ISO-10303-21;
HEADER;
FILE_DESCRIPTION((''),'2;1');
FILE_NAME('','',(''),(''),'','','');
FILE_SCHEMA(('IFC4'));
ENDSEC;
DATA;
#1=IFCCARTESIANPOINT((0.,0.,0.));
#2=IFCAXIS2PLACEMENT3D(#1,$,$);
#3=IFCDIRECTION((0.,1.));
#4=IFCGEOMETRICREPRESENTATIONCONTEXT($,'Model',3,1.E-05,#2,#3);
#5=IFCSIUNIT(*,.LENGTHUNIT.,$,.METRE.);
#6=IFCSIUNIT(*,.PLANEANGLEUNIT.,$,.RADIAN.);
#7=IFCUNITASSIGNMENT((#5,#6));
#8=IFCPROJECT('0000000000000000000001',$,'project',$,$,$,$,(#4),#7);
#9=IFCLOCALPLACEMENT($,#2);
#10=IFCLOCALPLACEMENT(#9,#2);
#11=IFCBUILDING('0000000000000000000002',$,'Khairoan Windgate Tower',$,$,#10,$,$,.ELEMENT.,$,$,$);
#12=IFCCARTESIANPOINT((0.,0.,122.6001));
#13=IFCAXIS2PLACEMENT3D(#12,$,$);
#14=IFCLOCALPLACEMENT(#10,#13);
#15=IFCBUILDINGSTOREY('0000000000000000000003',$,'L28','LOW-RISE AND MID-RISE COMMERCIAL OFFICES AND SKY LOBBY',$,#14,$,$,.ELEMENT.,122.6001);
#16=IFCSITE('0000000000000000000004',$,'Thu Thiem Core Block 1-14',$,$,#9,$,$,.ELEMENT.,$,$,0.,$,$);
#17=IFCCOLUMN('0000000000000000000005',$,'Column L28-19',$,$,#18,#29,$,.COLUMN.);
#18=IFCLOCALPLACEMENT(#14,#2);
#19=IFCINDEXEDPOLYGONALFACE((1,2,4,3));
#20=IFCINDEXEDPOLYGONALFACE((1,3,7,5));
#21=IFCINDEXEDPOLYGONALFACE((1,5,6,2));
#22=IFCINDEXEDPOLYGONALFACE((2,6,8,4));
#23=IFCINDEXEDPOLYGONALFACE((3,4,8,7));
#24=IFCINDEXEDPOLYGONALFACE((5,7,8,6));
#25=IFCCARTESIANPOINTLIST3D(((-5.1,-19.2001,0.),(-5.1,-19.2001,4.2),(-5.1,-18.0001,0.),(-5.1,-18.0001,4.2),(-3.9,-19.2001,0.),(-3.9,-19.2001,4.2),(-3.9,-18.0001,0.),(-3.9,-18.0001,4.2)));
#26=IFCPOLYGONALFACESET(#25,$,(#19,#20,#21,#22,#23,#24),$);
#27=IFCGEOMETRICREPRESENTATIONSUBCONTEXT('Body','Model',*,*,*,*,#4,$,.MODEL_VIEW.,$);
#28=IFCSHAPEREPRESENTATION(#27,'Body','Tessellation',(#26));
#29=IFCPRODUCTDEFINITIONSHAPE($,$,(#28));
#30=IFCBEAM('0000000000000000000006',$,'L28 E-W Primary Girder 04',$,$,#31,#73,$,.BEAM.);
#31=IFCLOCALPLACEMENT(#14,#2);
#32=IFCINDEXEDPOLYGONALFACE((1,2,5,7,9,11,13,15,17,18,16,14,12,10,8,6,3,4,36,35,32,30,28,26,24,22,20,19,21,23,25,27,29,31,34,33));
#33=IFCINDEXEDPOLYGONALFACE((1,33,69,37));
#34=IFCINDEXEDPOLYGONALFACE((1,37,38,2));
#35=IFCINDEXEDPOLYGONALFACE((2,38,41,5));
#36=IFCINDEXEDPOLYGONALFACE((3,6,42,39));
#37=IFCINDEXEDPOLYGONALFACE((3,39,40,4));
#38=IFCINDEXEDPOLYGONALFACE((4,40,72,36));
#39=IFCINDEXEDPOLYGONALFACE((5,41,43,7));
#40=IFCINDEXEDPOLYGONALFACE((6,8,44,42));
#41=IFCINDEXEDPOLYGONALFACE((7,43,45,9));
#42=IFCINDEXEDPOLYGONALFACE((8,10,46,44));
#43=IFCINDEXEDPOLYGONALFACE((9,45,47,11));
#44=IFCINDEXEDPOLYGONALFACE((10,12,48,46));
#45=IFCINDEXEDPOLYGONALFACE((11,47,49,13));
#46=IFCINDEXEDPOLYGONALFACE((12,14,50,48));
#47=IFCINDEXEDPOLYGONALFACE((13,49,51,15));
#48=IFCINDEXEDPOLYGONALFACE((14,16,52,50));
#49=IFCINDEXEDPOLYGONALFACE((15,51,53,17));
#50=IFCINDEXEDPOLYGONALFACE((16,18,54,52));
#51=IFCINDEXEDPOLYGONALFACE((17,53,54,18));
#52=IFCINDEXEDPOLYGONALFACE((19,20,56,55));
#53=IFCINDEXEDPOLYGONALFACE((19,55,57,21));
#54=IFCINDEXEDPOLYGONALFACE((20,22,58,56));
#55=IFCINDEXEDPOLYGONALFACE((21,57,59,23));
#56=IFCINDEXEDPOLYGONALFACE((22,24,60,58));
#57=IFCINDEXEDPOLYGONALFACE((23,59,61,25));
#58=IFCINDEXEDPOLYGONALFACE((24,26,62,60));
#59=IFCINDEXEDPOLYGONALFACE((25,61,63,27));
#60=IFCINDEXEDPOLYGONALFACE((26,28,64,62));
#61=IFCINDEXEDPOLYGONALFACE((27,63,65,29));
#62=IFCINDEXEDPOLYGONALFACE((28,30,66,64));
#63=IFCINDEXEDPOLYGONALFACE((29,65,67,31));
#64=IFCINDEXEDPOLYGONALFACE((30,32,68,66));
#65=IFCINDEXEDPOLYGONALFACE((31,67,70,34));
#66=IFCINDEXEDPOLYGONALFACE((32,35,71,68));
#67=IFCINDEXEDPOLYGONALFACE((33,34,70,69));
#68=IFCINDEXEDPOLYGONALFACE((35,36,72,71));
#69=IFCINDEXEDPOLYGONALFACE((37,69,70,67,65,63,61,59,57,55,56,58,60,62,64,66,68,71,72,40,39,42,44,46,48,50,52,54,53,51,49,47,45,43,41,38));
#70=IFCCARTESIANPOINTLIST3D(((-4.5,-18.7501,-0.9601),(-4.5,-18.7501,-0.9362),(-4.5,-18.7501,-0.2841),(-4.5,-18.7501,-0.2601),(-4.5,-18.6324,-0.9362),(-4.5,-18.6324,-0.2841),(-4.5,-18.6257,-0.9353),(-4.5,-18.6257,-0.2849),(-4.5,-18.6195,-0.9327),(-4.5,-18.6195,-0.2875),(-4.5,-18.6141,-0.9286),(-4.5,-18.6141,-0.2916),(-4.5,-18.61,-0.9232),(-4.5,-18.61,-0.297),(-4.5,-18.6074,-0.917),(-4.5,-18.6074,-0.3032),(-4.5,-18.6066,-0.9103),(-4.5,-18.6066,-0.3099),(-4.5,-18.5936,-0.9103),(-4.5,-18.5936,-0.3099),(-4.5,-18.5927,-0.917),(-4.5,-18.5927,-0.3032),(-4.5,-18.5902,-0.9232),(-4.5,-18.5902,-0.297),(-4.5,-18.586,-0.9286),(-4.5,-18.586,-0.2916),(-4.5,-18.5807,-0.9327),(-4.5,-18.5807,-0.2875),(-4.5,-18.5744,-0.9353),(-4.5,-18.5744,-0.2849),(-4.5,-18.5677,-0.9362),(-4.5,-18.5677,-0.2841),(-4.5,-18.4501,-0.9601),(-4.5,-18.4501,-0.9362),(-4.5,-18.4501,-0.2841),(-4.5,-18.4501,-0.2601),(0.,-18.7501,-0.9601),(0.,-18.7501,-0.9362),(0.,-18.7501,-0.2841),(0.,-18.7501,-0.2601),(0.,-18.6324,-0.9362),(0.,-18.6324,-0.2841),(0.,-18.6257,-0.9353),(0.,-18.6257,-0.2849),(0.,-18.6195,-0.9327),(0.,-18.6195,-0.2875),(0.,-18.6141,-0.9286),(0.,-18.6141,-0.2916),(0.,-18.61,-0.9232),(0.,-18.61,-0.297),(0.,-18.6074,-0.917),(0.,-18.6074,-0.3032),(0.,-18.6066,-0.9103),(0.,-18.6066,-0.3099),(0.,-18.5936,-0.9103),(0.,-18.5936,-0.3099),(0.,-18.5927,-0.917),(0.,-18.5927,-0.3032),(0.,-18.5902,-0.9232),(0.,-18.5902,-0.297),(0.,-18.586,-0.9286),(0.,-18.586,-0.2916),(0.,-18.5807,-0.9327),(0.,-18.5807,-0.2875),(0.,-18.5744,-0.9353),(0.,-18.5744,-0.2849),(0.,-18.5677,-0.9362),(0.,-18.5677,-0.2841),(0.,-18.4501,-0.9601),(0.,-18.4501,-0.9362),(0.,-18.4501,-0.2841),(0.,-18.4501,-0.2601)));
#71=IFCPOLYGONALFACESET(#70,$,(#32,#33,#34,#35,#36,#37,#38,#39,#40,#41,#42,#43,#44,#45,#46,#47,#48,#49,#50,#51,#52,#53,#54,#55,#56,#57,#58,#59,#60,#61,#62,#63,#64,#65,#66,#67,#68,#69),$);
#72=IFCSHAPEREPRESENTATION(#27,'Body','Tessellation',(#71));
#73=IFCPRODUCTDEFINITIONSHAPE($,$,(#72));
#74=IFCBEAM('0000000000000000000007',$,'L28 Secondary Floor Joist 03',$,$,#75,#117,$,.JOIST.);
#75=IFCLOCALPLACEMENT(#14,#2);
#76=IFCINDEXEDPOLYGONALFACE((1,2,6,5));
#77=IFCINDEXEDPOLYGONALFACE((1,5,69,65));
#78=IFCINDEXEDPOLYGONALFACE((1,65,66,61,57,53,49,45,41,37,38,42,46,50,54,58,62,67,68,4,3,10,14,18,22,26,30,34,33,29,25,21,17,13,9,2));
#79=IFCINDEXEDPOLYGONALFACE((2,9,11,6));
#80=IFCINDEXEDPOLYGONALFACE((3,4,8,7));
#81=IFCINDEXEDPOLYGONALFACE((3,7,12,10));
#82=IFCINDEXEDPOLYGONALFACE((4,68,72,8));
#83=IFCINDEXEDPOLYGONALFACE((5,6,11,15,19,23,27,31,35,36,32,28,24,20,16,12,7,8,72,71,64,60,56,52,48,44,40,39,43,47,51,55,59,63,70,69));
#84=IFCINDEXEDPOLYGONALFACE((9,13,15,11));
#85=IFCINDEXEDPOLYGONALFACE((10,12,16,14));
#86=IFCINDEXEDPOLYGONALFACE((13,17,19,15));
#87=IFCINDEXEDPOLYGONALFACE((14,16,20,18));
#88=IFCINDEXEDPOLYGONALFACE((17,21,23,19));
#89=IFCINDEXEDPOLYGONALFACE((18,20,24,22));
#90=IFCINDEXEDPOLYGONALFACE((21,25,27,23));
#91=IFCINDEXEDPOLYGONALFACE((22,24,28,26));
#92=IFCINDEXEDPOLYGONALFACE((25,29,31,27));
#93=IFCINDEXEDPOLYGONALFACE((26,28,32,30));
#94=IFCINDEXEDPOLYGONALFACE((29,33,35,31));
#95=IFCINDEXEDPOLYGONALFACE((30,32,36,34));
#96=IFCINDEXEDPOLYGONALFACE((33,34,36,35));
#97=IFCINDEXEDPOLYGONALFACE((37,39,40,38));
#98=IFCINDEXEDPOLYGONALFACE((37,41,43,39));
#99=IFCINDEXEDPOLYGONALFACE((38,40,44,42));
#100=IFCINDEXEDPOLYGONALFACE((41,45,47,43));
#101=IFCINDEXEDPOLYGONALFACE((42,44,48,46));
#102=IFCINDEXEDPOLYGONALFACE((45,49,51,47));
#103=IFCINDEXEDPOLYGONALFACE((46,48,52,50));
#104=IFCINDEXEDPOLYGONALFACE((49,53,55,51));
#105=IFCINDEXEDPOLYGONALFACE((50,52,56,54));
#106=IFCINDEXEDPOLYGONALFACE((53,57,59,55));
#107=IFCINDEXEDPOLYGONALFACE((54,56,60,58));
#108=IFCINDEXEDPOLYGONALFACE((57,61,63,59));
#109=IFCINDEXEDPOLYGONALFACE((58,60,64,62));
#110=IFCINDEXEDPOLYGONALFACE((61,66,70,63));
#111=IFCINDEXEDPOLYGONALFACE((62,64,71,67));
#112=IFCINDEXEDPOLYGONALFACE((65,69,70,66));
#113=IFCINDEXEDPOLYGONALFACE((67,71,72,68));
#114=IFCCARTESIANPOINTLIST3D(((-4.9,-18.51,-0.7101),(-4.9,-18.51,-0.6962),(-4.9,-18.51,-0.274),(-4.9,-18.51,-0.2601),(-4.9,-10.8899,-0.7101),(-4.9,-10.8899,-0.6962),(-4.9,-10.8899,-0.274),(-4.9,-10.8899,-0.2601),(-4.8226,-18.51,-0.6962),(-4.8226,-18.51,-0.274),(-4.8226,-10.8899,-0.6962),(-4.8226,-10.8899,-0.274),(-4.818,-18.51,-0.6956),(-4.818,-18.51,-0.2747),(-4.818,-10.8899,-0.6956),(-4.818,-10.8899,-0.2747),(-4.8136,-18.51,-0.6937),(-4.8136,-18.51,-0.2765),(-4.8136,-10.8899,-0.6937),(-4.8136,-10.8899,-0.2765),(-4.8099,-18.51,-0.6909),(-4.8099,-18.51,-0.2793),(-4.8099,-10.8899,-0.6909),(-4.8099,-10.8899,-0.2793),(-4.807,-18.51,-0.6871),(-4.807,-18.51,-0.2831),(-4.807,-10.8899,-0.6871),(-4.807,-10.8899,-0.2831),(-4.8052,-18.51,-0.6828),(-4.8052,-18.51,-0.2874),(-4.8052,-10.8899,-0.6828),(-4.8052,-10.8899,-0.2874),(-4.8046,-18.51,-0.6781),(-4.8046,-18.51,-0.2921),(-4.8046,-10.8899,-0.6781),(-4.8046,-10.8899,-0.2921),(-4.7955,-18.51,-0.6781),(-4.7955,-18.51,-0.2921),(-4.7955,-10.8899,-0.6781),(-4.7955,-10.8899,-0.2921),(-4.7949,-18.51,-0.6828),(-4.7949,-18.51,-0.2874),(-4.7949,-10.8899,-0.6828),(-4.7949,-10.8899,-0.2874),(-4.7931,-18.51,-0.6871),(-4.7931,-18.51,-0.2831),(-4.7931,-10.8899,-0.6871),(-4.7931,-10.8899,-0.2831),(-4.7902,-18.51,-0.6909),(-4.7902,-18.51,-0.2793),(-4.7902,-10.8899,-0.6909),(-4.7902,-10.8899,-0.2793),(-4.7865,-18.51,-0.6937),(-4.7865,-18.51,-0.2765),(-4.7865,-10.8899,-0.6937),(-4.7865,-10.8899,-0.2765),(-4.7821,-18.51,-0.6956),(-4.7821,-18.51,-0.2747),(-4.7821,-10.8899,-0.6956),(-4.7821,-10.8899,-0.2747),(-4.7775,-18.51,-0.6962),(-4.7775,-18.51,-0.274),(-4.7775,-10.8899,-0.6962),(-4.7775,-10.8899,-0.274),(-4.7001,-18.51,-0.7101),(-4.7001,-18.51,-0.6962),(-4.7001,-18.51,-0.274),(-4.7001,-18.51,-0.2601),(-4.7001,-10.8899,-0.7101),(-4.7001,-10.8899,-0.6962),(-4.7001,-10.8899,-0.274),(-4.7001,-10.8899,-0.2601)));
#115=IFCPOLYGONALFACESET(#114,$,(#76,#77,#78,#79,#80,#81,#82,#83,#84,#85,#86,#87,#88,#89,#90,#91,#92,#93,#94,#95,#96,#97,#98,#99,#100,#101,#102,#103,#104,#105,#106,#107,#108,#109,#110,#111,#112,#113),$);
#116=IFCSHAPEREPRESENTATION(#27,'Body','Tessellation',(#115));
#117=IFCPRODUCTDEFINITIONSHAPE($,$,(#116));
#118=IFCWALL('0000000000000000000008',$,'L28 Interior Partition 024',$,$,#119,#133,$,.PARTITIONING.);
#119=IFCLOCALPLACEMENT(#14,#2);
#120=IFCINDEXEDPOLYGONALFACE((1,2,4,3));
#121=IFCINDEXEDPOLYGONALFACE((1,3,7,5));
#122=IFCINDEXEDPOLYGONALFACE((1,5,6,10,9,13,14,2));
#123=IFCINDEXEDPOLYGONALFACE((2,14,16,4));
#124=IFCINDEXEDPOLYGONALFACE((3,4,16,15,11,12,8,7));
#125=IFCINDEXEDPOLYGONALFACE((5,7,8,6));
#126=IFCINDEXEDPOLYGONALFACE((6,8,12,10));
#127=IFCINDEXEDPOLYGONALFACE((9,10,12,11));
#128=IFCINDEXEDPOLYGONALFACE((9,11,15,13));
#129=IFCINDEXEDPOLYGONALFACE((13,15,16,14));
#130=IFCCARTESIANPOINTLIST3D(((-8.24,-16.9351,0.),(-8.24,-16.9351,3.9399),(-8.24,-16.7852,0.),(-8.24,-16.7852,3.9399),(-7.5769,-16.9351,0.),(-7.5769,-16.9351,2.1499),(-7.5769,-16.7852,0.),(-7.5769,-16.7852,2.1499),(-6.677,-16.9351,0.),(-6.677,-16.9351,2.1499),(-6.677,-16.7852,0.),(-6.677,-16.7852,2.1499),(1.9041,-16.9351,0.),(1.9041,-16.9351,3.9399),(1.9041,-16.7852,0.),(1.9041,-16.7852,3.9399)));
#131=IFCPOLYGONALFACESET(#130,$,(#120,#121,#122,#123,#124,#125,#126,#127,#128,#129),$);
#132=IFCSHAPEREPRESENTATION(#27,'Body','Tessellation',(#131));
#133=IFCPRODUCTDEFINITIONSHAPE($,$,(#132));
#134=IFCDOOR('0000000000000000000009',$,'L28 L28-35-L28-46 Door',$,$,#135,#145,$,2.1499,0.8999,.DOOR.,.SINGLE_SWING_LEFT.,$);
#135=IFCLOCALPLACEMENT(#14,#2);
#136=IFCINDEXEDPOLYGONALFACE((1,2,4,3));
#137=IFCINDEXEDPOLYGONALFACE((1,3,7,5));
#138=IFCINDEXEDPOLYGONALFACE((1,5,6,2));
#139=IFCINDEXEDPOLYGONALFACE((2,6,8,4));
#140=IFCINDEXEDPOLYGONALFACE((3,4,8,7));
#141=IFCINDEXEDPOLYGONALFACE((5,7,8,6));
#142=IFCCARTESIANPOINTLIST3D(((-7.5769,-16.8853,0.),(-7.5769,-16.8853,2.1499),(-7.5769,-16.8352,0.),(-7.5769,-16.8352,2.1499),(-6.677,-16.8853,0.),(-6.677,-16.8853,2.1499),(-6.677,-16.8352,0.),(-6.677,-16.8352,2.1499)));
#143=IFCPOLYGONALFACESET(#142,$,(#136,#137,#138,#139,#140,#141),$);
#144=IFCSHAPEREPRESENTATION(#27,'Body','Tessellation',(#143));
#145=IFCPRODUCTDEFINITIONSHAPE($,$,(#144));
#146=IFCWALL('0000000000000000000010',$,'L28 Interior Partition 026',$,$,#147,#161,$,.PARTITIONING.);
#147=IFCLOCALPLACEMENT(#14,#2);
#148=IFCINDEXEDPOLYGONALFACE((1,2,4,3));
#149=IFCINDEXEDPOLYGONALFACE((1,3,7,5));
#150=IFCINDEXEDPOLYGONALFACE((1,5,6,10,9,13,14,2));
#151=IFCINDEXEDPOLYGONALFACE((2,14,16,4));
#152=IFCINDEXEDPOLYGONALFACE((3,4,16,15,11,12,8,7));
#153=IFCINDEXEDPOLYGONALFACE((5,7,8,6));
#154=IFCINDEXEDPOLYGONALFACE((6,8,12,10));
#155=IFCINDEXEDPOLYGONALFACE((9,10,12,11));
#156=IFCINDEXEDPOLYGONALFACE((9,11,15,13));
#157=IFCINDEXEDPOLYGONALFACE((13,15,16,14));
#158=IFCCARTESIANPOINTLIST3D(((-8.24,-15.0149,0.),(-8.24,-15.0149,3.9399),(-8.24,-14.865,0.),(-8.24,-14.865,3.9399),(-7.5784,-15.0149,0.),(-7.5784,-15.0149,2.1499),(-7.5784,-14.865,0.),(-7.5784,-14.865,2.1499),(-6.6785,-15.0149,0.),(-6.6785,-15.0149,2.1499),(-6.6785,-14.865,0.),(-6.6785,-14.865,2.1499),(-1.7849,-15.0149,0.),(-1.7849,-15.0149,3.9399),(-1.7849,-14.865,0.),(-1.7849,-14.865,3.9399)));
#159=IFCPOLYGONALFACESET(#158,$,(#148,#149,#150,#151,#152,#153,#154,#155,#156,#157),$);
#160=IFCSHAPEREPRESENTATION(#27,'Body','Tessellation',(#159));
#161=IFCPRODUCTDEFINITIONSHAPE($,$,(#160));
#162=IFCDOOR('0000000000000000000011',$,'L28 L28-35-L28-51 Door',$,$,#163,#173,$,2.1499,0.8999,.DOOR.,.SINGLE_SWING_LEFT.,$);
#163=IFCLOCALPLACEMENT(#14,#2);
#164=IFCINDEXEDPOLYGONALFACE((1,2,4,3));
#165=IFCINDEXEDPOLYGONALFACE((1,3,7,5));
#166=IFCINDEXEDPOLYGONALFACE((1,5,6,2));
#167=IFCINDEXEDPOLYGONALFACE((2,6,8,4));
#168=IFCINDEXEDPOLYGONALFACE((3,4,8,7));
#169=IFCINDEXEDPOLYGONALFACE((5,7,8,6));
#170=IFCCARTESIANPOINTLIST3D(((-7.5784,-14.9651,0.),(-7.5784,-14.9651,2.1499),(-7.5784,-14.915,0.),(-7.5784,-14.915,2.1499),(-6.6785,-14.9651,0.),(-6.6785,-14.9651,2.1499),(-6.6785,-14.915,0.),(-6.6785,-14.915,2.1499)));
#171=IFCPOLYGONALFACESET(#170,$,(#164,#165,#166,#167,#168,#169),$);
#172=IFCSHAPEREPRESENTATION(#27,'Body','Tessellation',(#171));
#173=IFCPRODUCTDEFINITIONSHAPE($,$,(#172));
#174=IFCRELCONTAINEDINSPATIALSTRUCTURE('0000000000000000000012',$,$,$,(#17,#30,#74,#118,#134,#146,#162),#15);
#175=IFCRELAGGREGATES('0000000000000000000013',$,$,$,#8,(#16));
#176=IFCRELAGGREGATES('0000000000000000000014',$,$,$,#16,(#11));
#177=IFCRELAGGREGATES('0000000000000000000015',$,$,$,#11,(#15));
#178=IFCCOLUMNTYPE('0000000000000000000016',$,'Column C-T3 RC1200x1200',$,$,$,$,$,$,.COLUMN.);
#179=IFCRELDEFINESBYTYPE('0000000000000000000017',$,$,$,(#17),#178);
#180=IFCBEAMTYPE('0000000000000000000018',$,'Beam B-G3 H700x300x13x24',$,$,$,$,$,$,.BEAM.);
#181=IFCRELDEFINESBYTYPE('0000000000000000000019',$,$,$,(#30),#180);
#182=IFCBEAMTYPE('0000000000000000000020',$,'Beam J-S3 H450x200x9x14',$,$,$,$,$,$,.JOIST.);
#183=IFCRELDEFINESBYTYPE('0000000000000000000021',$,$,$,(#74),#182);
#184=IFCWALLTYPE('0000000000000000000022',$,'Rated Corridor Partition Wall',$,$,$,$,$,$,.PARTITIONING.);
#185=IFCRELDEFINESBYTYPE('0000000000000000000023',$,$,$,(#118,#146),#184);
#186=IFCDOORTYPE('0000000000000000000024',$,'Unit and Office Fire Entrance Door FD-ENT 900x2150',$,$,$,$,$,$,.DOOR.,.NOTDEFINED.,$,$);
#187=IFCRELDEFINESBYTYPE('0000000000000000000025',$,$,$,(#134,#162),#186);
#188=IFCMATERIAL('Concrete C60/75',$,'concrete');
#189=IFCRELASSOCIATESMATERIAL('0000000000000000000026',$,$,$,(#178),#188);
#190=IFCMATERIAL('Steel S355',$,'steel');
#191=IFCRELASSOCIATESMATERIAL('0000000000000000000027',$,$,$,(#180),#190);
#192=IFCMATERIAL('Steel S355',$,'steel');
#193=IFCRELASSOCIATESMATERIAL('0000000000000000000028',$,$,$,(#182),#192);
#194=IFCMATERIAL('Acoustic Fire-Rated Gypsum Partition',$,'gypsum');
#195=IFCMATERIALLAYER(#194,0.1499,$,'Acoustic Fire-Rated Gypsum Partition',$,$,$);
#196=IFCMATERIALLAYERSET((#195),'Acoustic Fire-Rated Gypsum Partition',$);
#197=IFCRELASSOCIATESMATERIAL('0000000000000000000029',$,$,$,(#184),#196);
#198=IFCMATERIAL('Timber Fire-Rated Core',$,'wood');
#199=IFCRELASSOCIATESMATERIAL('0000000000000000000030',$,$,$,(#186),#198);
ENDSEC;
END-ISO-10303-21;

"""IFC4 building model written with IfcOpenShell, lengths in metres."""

from ifc_helpers import new_model, si_unit, direction, frame, frame_2d, origin, origin_2d, place, context, subcontext, project, spatial, rectangle, i_section, extrude, material, layer, layer_set, material_profile, profile_set, type_object, element, fill, save


model = new_model("IFC4")

# Units and contexts
model_context = context("Model", 3, precision=1e-05, world=origin(), true_north=direction((0.0, 1.0)))
body_context = subcontext(model_context, "Body", "Model", "MODEL_VIEW")
ifc_project = project(units=[si_unit("LENGTHUNIT", "METRE"), si_unit("PLANEANGLEUNIT", "RADIAN")], contexts=[model_context])

# Site, building, storey
site_placement = place(None, origin())
site = spatial("IfcSite", under=ifc_project, at=site_placement, Name="Thu Thiem Core Block 1-14", CompositionType="ELEMENT", RefElevation=0.0)
building_placement = place(site_placement, origin())
building = spatial("IfcBuilding", under=site, at=building_placement, Name="Khairoan Windgate Tower", CompositionType="ELEMENT")
storey_placement = place(building_placement, frame((0.0, 0.0, 122.6001)))
storey = spatial("IfcBuildingStorey", under=building, at=storey_placement, Name="L28", Description="LOW-RISE AND MID-RISE COMMERCIAL OFFICES AND SKY LOBBY", CompositionType="ELEMENT", Elevation=122.6001)

# Column
ifc_material_1 = material(Name="Concrete C60/75", Category="concrete")
ifc_material_profile_1 = material_profile(ifc_material_1, rectangle(XDim=1.2, YDim=1.2, at=origin_2d()))
ifc_profile_set_1 = profile_set([ifc_material_profile_1], Name="Concrete C60/75")
column_type = type_object("IfcColumnType", Name="Column C-T3 RC1200x1200", PredefinedType="COLUMN", material=ifc_profile_set_1)
column_placement = place(storey_placement, frame((-4.5, -18.6001, 0.0), z_axis=(0.0, 0.0, 1.0), x_axis=(1.0, 0.0, 0.0)))
element("IfcColumn", 1, at=column_placement, inside=storey, type_object=column_type, Name="Column L28-19", PredefinedType="COLUMN", context=body_context, shape_type="SweptSolid", body=[
    extrude(rectangle(XDim=1.2, YDim=1.2, at=origin_2d()), origin(), (0.0, 0.0, 1.0), 4.2),
])

# Beams
ifc_material_2 = material(Name="Steel S355", Category="steel")
ifc_material_profile_2 = material_profile(ifc_material_2, i_section(OverallWidth=0.3, OverallDepth=0.7, WebThickness=0.0129, FlangeThickness=0.0239, FilletRadius=0.0259, at=origin_2d()))
ifc_profile_set_2 = profile_set([ifc_material_profile_2], Name="Steel S355")
beam_type_1 = type_object("IfcBeamType", Name="Beam B-G3 H700x300x13x24", PredefinedType="BEAM", material=ifc_profile_set_2)
beam_1_placement = place(storey_placement, frame((-4.5, -18.6001, -0.6101), z_axis=(1.0, 0.0, 0.0), x_axis=(0.0, 1.0, 0.0)))
element("IfcBeam", 2, at=beam_1_placement, inside=storey, type_object=beam_type_1, Name="L28 E-W Primary Girder 04", PredefinedType="BEAM", context=body_context, shape_type="SweptSolid", body=[
    extrude(i_section(OverallWidth=0.3, OverallDepth=0.7, WebThickness=0.0129, FlangeThickness=0.0239, FilletRadius=0.0259, at=origin_2d()), origin(), (0.0, 0.0, 1.0), 4.5),
])
ifc_material_3 = material(Name="Steel S355", Category="steel")
ifc_material_profile_3 = material_profile(ifc_material_3, i_section(OverallWidth=0.2, OverallDepth=0.45, WebThickness=0.009, FlangeThickness=0.0139, FilletRadius=0.0181, at=origin_2d()))
ifc_profile_set_3 = profile_set([ifc_material_profile_3], Name="Steel S355")
beam_type_2 = type_object("IfcBeamType", Name="Beam J-S3 H450x200x9x14", PredefinedType="JOIST", material=ifc_profile_set_3)
beam_2_placement = place(storey_placement, frame((-4.8, -18.51, -0.4851), z_axis=(0.0, 1.0, 0.0), x_axis=(-1.0, 0.0, 0.0)))
element("IfcBeam", 3, at=beam_2_placement, inside=storey, type_object=beam_type_2, Name="L28 Secondary Floor Joist 03", PredefinedType="JOIST", context=body_context, shape_type="SweptSolid", body=[
    extrude(i_section(OverallWidth=0.2, OverallDepth=0.45, WebThickness=0.009, FlangeThickness=0.0139, FilletRadius=0.0181, at=origin_2d()), origin(), (0.0, 0.0, 1.0), 7.6201),
])

# Walls, openings, doors
ifc_material_4 = material(Name="Acoustic Fire-Rated Gypsum Partition", Category="gypsum")
ifc_layer_1 = layer(ifc_material_4, 0.1499, Name="Acoustic Fire-Rated Gypsum Partition")
ifc_layer_set_1 = layer_set([ifc_layer_1], Name="Acoustic Fire-Rated Gypsum Partition")
wall_type = type_object("IfcWallType", Name="Rated Corridor Partition Wall", PredefinedType="PARTITIONING", material=ifc_layer_set_1)
wall_1_placement = place(storey_placement, frame((-8.24, -16.8601, 0.0), z_axis=(0.0, 0.0, 1.0), x_axis=(1.0, 0.0, 0.0)))
wall_1 = element("IfcWall", 4, at=wall_1_placement, inside=storey, type_object=wall_type, Name="L28 Interior Partition 024", PredefinedType="PARTITIONING", context=body_context, shape_type="SweptSolid", body=[
    extrude(rectangle(XDim=10.144, YDim=0.1499, at=frame_2d((5.072, 0.0))), origin(), (0.0, 0.0, 1.0), 3.9399),
])
opening_1_placement = place(wall_1_placement, frame((0.6631, 0.0, 0.0)))
opening_1 = element("IfcOpeningElement", 5, at=opening_1_placement, cuts=wall_1, PredefinedType="OPENING", context=body_context, shape_type="SweptSolid", body=[
    extrude(rectangle(XDim=0.8999, YDim=2.1499, at=frame_2d((0.45, 1.075))), frame((0.0, 0.085, 0.0), z_axis=(0.0, -1.0, 0.0), x_axis=(1.0, 0.0, 0.0)), (0.0, 0.0, 1.0), 0.1699),
])
ifc_material_5 = material(Name="Timber Fire-Rated Core", Category="wood")
door_type = type_object("IfcDoorType", Name="Unit and Office Fire Entrance Door FD-ENT 900x2150", OperationType="NOTDEFINED", PredefinedType="DOOR", material=ifc_material_5)
door_1_placement = place(opening_1_placement, origin())
door_1 = element("IfcDoor", 6, at=door_1_placement, inside=storey, type_object=door_type, Name="L28 L28-35-L28-46 Door", OperationType="SINGLE_SWING_LEFT", OverallHeight=2.1499, OverallWidth=0.8999, PredefinedType="DOOR", context=body_context, shape_type="SweptSolid", body=[
    extrude(rectangle(XDim=0.8999, YDim=2.1499, at=frame_2d((0.45, 1.075))), frame((0.0, 0.0249, 0.0), z_axis=(0.0, -1.0, 0.0), x_axis=(1.0, 0.0, 0.0)), (0.0, 0.0, 1.0), 0.05),
])
fill(opening_1, door_1)
wall_2_placement = place(storey_placement, frame((-8.24, -14.9399, 0.0), z_axis=(0.0, 0.0, 1.0), x_axis=(1.0, 0.0, 0.0)))
wall_2 = element("IfcWall", 7, at=wall_2_placement, inside=storey, type_object=wall_type, Name="L28 Interior Partition 026", PredefinedType="PARTITIONING", context=body_context, shape_type="SweptSolid", body=[
    extrude(rectangle(XDim=6.4551, YDim=0.1499, at=frame_2d((3.2275, 0.0))), origin(), (0.0, 0.0, 1.0), 3.9399),
])
opening_2_placement = place(wall_2_placement, frame((0.6616, 0.0, 0.0)))
opening_2 = element("IfcOpeningElement", 8, at=opening_2_placement, cuts=wall_2, PredefinedType="OPENING", context=body_context, shape_type="SweptSolid", body=[
    extrude(rectangle(XDim=0.8999, YDim=2.1499, at=frame_2d((0.45, 1.075))), frame((0.0, 0.085, 0.0), z_axis=(0.0, -1.0, 0.0), x_axis=(1.0, 0.0, 0.0)), (0.0, 0.0, 1.0), 0.1699),
])
door_2_placement = place(opening_2_placement, origin())
door_2 = element("IfcDoor", 9, at=door_2_placement, inside=storey, type_object=door_type, Name="L28 L28-35-L28-51 Door", OperationType="SINGLE_SWING_LEFT", OverallHeight=2.1499, OverallWidth=0.8999, PredefinedType="DOOR", context=body_context, shape_type="SweptSolid", body=[
    extrude(rectangle(XDim=0.8999, YDim=2.1499, at=frame_2d((0.45, 1.075))), frame((0.0, 0.0249, 0.0), z_axis=(0.0, -1.0, 0.0), x_axis=(1.0, 0.0, 0.0)), (0.0, 0.0, 1.0), 0.05),
])
fill(opening_2, door_2)

save(model, "model.ifc")
